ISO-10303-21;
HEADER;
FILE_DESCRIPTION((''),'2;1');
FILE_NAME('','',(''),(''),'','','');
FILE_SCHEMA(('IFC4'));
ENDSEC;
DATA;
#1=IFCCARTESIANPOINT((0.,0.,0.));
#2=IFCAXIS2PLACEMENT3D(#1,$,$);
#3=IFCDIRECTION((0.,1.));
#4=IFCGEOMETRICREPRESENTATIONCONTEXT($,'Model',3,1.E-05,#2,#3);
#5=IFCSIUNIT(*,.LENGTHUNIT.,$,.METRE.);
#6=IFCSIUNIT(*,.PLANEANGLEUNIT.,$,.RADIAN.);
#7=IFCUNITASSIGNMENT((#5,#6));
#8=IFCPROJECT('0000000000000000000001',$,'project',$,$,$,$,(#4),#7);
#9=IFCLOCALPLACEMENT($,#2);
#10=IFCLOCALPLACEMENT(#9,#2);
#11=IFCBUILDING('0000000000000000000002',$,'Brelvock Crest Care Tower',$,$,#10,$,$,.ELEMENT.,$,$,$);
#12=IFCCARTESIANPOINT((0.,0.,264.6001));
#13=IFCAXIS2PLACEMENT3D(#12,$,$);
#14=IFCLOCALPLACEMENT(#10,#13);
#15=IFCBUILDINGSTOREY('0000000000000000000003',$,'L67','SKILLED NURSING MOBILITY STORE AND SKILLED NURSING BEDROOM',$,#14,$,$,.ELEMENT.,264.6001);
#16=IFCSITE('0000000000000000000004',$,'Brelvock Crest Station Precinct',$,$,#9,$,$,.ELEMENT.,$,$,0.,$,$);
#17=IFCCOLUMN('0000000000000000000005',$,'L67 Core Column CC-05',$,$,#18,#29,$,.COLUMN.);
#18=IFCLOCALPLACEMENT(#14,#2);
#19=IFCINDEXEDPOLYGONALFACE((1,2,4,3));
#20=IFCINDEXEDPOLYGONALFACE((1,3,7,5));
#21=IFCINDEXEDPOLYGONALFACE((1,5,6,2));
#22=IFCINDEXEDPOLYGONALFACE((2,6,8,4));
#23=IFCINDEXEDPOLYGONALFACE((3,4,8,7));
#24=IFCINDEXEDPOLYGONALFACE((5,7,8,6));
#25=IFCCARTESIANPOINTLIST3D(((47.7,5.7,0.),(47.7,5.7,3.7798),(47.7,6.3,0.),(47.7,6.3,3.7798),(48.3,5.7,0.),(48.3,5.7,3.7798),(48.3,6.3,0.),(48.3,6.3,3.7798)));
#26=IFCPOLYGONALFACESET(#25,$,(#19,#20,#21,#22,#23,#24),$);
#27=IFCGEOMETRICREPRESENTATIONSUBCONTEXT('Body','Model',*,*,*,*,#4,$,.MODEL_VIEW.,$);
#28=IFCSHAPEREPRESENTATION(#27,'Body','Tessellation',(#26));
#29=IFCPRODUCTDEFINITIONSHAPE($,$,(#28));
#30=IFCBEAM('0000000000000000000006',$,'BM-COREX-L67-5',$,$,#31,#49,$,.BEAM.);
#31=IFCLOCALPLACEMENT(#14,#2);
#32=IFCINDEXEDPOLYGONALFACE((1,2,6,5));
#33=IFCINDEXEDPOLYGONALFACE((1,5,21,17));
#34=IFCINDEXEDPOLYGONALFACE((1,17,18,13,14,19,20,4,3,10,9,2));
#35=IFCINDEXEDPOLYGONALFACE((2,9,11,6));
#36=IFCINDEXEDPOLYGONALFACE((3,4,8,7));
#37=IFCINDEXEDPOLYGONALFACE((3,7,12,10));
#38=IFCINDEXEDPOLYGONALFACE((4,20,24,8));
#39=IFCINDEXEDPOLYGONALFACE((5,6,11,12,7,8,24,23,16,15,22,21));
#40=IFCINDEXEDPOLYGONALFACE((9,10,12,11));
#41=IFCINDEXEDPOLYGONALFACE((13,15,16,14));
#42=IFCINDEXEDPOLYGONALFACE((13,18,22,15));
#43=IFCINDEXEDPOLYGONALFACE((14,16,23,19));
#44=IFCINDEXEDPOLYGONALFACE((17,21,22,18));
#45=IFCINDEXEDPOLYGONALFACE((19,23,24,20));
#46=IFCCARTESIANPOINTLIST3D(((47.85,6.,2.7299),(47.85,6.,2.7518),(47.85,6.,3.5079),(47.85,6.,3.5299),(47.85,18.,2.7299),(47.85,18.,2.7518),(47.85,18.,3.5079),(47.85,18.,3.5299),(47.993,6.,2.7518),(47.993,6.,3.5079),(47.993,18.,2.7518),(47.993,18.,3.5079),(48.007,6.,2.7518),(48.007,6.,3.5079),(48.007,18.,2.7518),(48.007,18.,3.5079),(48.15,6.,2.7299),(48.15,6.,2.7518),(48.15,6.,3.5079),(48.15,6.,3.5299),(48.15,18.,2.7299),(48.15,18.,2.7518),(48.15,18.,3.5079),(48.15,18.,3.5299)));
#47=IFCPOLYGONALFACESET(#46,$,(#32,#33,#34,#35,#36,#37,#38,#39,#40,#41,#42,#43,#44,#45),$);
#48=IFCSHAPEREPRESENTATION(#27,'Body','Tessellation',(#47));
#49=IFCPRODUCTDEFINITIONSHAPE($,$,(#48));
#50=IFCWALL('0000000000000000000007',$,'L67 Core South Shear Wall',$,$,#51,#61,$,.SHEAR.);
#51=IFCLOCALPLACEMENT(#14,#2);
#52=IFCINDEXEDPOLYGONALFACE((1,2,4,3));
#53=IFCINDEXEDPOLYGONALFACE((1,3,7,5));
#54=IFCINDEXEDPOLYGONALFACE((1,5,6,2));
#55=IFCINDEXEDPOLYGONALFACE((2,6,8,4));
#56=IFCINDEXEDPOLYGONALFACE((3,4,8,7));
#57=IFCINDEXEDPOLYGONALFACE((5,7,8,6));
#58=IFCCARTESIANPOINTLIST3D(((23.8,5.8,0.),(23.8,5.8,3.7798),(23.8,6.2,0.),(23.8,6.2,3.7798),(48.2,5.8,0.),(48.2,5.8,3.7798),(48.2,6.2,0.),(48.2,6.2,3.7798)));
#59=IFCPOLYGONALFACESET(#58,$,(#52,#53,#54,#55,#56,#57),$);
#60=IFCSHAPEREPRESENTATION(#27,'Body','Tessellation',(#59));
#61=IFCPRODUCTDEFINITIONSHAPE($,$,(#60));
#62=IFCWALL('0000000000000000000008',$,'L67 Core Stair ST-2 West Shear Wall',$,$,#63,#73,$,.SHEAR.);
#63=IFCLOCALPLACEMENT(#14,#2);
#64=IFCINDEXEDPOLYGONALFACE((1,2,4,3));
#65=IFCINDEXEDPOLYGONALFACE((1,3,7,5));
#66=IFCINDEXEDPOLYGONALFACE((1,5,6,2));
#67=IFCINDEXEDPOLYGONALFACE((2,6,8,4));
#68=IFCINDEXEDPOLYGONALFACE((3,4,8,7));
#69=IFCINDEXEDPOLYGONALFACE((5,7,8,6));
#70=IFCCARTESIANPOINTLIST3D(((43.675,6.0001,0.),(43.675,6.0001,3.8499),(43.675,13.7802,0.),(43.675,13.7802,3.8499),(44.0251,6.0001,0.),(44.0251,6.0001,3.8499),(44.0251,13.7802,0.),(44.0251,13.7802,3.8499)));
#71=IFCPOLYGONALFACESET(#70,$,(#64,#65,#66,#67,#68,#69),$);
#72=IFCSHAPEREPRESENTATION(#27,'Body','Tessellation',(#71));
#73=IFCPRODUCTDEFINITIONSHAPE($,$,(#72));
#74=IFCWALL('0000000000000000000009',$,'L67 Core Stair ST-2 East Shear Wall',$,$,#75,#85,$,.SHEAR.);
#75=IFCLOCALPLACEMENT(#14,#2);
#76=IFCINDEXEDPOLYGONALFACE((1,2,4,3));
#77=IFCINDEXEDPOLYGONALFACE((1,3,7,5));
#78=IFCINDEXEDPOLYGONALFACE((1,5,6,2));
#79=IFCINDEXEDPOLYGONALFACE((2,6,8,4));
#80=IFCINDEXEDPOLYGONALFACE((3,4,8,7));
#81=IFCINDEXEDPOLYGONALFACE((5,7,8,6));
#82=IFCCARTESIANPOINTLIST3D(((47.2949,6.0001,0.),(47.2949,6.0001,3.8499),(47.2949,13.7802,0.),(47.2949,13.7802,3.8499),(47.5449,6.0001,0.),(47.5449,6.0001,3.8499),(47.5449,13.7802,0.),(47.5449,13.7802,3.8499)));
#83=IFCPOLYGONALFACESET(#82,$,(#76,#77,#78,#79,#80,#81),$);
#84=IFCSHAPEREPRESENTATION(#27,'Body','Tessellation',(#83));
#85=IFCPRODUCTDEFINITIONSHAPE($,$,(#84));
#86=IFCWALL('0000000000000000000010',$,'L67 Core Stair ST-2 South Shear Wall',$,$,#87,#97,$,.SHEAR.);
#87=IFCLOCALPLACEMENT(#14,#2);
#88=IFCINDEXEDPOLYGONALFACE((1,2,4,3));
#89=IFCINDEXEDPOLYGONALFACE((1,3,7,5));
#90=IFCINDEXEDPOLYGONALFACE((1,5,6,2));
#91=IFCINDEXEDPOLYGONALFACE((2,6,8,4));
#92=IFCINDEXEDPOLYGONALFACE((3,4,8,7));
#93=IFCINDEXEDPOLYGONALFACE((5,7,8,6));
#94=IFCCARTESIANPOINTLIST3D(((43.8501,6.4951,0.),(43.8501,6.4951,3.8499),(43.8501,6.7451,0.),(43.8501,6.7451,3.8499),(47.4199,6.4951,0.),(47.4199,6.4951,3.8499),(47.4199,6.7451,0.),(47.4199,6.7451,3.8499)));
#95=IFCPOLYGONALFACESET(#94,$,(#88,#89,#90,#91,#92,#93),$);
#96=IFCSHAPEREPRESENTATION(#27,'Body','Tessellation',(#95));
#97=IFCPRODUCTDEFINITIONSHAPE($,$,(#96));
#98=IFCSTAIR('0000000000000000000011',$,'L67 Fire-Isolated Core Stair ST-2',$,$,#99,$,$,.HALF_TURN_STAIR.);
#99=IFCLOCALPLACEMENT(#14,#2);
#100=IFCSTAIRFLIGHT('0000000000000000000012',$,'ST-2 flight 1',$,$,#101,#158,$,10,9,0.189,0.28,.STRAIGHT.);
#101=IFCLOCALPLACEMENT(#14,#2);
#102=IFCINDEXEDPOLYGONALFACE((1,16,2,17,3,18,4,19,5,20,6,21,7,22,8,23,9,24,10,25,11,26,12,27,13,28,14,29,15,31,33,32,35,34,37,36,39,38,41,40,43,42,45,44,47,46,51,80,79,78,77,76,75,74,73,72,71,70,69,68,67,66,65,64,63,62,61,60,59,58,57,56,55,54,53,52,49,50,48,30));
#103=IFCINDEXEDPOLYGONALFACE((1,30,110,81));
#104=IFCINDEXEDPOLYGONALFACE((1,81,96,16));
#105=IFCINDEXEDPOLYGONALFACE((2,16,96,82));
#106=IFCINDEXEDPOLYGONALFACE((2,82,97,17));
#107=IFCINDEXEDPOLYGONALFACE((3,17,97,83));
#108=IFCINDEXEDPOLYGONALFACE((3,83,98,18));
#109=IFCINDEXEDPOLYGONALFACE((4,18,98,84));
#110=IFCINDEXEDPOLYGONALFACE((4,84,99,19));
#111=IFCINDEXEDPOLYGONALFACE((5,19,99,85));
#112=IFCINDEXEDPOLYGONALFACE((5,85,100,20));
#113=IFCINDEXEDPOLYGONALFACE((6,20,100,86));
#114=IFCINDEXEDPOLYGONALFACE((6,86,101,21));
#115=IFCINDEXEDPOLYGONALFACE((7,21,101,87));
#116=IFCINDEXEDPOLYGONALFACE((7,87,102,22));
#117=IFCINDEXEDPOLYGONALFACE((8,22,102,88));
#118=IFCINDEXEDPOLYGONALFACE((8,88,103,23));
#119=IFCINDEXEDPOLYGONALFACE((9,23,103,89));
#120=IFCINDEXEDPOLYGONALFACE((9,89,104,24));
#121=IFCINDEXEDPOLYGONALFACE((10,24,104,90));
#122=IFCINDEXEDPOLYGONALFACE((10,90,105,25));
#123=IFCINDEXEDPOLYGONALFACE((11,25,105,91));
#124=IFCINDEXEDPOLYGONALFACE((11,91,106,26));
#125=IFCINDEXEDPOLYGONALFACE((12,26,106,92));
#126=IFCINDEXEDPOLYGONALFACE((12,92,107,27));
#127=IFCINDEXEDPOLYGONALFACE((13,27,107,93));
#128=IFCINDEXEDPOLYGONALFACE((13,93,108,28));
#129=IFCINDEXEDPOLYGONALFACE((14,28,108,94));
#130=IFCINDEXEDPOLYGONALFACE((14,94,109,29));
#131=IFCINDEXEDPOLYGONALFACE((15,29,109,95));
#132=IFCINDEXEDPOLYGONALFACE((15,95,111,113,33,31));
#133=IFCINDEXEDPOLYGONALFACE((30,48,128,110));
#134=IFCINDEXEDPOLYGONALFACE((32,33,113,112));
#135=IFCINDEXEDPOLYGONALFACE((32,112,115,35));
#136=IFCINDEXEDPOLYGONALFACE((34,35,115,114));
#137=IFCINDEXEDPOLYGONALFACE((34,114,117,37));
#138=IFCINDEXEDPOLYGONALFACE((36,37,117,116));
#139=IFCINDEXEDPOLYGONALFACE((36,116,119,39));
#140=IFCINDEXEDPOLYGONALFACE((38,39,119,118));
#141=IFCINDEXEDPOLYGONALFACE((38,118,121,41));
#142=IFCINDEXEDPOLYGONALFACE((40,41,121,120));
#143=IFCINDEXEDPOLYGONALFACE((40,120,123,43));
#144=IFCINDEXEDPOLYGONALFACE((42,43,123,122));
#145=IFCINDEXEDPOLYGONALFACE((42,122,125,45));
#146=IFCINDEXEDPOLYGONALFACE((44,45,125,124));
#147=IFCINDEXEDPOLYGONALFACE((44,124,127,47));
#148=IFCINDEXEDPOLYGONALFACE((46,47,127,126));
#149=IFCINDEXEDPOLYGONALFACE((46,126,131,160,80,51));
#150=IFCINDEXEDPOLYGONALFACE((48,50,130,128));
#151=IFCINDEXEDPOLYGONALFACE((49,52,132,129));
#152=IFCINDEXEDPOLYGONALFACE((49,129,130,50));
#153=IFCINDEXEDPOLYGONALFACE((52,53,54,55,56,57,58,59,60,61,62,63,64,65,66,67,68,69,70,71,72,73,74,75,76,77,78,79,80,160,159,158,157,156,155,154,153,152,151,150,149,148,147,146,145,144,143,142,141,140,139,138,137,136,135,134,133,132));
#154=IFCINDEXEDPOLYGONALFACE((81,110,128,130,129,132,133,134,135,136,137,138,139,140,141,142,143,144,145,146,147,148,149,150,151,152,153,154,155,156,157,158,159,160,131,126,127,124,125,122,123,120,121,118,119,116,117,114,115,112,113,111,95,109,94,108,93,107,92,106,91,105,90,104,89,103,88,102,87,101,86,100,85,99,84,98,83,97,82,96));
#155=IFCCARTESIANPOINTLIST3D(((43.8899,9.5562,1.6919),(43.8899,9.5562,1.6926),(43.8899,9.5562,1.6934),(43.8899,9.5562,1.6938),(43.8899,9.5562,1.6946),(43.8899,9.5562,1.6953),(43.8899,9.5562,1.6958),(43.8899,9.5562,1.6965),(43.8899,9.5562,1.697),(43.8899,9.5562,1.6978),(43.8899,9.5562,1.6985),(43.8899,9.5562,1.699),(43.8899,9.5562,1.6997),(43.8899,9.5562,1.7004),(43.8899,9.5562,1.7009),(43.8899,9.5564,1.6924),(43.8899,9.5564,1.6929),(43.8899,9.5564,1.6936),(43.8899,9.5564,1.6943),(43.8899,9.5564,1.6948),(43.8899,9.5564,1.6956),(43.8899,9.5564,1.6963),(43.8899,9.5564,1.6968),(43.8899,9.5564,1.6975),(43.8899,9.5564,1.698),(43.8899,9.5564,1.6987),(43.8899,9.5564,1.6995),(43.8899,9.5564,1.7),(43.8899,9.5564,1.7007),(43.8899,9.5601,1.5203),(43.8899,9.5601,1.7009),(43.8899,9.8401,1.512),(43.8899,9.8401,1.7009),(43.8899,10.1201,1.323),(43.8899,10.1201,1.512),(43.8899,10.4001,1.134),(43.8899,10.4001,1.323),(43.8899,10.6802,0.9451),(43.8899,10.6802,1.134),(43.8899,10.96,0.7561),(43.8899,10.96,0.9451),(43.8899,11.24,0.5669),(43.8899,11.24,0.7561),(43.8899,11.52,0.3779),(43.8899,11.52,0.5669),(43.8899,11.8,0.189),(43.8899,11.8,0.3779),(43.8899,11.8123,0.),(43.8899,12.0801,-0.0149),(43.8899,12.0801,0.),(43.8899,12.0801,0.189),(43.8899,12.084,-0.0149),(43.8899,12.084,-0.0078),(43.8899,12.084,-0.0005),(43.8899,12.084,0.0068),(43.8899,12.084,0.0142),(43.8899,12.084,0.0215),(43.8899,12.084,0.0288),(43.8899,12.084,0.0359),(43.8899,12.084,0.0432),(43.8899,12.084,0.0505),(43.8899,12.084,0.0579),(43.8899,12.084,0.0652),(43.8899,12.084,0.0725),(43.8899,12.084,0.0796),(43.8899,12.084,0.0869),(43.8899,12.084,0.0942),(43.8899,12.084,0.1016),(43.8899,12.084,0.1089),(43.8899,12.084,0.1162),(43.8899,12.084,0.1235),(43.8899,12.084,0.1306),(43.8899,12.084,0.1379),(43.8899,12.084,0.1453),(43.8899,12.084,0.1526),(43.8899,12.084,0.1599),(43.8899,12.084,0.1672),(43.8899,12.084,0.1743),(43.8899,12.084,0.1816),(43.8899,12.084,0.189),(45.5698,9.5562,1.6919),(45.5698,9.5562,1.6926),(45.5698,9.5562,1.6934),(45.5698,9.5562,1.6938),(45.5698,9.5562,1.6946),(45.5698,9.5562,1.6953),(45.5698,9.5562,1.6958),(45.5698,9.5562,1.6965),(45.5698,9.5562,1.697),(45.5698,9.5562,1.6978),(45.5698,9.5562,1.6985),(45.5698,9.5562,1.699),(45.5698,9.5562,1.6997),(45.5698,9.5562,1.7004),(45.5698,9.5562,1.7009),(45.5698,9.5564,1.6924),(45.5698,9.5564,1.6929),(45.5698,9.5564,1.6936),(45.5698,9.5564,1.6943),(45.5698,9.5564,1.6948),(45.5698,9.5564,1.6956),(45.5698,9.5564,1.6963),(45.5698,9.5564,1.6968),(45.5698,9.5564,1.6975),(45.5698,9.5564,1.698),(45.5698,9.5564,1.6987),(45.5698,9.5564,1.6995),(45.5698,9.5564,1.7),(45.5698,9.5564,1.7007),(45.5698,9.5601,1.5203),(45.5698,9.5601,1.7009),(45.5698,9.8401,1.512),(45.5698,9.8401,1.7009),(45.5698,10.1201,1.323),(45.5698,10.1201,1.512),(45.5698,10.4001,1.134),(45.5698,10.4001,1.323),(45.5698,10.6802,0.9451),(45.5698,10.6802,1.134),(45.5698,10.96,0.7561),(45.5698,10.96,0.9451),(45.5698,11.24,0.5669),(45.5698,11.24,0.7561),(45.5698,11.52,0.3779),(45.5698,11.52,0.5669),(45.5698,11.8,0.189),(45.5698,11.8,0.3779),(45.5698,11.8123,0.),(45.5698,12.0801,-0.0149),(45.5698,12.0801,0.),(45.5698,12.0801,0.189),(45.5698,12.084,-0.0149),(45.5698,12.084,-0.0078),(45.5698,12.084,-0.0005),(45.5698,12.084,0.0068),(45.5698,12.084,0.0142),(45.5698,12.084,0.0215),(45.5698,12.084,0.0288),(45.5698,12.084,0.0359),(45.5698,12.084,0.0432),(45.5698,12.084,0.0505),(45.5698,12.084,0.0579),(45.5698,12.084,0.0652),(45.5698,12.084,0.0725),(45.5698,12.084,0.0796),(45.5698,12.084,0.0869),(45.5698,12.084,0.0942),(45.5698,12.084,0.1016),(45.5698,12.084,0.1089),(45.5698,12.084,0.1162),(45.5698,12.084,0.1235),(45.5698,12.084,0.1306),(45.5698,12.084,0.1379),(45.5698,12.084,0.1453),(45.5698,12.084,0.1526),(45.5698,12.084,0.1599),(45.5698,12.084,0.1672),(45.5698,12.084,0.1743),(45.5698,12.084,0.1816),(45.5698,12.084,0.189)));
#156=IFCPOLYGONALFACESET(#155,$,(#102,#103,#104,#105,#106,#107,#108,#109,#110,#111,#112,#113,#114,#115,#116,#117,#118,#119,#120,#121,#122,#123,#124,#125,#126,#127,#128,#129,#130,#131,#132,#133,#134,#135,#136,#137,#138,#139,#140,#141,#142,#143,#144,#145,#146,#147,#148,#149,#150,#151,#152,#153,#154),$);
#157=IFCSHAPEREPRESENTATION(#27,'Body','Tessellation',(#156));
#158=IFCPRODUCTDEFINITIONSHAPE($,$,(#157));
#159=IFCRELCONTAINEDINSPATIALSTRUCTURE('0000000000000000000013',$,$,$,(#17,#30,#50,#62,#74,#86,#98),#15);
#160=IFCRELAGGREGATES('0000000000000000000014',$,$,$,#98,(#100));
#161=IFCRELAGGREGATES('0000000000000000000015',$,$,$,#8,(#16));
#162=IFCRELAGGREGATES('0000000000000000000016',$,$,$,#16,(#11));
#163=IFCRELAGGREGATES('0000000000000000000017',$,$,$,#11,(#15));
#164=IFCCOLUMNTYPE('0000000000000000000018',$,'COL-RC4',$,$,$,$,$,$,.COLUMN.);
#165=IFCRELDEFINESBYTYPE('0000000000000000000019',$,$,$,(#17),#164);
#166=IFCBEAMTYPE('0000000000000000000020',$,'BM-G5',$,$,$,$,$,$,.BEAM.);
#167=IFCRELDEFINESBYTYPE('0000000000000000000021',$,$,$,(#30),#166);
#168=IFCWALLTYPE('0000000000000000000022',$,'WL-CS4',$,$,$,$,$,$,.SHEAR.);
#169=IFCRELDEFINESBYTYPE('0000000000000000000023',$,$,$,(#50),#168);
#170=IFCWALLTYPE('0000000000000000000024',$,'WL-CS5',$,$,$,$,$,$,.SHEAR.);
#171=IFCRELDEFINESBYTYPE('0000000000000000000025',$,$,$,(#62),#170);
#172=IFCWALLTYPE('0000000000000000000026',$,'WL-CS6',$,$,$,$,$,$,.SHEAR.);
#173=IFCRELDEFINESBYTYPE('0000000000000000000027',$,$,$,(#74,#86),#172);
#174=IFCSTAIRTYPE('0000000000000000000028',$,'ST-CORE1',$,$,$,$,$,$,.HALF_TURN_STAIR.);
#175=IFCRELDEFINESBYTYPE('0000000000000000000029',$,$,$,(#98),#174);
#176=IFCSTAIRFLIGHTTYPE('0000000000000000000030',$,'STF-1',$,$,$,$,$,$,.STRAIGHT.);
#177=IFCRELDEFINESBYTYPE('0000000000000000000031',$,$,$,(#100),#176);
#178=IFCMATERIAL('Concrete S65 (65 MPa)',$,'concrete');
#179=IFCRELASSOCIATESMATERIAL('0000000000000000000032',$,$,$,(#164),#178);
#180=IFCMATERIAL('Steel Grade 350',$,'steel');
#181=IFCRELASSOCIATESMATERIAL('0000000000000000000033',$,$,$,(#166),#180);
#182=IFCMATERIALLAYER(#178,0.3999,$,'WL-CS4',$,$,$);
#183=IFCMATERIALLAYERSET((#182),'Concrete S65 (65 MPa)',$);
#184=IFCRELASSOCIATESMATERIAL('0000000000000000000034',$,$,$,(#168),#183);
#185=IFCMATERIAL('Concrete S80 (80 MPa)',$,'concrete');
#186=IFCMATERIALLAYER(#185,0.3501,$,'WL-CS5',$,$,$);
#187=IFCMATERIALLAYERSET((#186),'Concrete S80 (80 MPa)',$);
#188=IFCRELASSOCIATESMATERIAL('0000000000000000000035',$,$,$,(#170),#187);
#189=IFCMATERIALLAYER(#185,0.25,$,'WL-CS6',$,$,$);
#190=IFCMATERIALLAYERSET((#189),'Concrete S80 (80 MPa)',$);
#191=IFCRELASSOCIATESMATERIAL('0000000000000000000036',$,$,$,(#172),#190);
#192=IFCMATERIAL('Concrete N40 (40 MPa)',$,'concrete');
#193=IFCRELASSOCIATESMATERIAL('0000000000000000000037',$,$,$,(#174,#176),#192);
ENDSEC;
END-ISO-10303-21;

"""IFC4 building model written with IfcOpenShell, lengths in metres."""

from ifc_helpers import new_model, si_unit, direction, frame, frame_2d, origin, origin_2d, place, context, subcontext, project, spatial, polyline, rectangle, i_section, outline, extrude, source, transform, mapped, material, layer, layer_set, material_profile, profile_set, type_object, element, aggregate, save


model = new_model("IFC4")

# Units and contexts
model_context = context("Model", 3, precision=1e-05, world=origin(), true_north=direction((0.0, 1.0)))
body_context = subcontext(model_context, "Body", "Model", "MODEL_VIEW")
ifc_project = project(units=[si_unit("LENGTHUNIT", "METRE"), si_unit("PLANEANGLEUNIT", "RADIAN")], contexts=[model_context])

# Site, building, storey
site_placement = place(None, origin())
site = spatial("IfcSite", under=ifc_project, at=site_placement, Name="Brelvock Crest Station Precinct", CompositionType="ELEMENT", RefElevation=0.0)
building_placement = place(site_placement, origin())
building = spatial("IfcBuilding", under=site, at=building_placement, Name="Brelvock Crest Care Tower", CompositionType="ELEMENT")
storey_placement = place(building_placement, frame((0.0, 0.0, 264.6001)))
storey = spatial("IfcBuildingStorey", under=building, at=storey_placement, Name="L67", Description="SKILLED NURSING MOBILITY STORE AND SKILLED NURSING BEDROOM", CompositionType="ELEMENT", Elevation=264.6001)

# Column
ifc_material_1 = material(Name="Concrete S65 (65 MPa)", Category="concrete")
ifc_material_profile_1 = material_profile(ifc_material_1, rectangle(XDim=0.6001, YDim=0.6001, at=origin_2d()), Name="RC600x600")
ifc_profile_set_1 = profile_set([ifc_material_profile_1], Name="Concrete S65 (65 MPa)")
column_type = type_object("IfcColumnType", Name="COL-RC4", PredefinedType="COLUMN", material=ifc_profile_set_1)
shared_shape_1 = source(origin(), body_context, "Body", "SweptSolid", [
    extrude(rectangle(XDim=0.6001, YDim=0.6001, at=origin_2d()), origin(), (0.0, 0.0, 1.0), 3.7798),
])
column_placement = place(storey_placement, frame((48.0, 6.0, 0.0), z_axis=(0.0, 0.0, 1.0), x_axis=(1.0, 0.0, 0.0)))
element("IfcColumn", 1, at=column_placement, inside=storey, type_object=column_type, Name="L67 Core Column CC-05", PredefinedType="COLUMN", context=body_context, shape_type="MappedRepresentation", body=[
    mapped(shared_shape_1, transform((0.0, 0.0, 0.0), x_axis=(1.0, 0.0, 0.0), y_axis=(0.0, 1.0, 0.0), z_axis=(0.0, 0.0, 1.0), scale=1.0)),
])

# Beam
ifc_material_2 = material(Name="Steel Grade 350", Category="steel")
ifc_material_profile_2 = material_profile(ifc_material_2, i_section(OverallWidth=0.3, OverallDepth=0.8, WebThickness=0.0139, FlangeThickness=0.022, at=origin_2d()), Name="800WB192")
ifc_profile_set_2 = profile_set([ifc_material_profile_2], Name="Steel Grade 350")
beam_type = type_object("IfcBeamType", Name="BM-G5", PredefinedType="BEAM", material=ifc_profile_set_2)
shared_shape_2 = source(origin(), body_context, "Body", "SweptSolid", [
    extrude(i_section(OverallWidth=0.3, OverallDepth=0.8, WebThickness=0.0139, FlangeThickness=0.022, at=origin_2d()), origin(), (0.0, 0.0, 1.0), 12.0),
])
beam_placement = place(storey_placement, frame((48.0, 6.0, 3.1299), z_axis=(0.0, 1.0, 0.0), x_axis=(-1.0, 0.0, 0.0)))
element("IfcBeam", 2, at=beam_placement, inside=storey, type_object=beam_type, Name="BM-COREX-L67-5", PredefinedType="BEAM", context=body_context, shape_type="MappedRepresentation", body=[
    mapped(shared_shape_2, transform((0.0, 0.0, 0.0), x_axis=(1.0, 0.0, 0.0), y_axis=(0.0, 1.0, 0.0), z_axis=(0.0, 0.0, 1.0), scale=1.0)),
])

# Walls
ifc_layer_1 = layer(ifc_material_1, 0.3999, Name="WL-CS4")
ifc_layer_set_1 = layer_set([ifc_layer_1], Name="Concrete S65 (65 MPa)")
wall_type_1 = type_object("IfcWallType", Name="WL-CS4", PredefinedType="SHEAR", material=ifc_layer_set_1)
wall_1_placement = place(storey_placement, frame((48.2, 6.0, 0.0), z_axis=(0.0, 0.0, 1.0), x_axis=(-1.0, 0.0, 0.0)))
element("IfcWall", 3, at=wall_1_placement, inside=storey, type_object=wall_type_1, Name="L67 Core South Shear Wall", PredefinedType="SHEAR", context=body_context, shape_type="SweptSolid", body=[
    extrude(rectangle(XDim=24.3999, YDim=0.3999, at=frame_2d((12.2, 0.0))), origin(), (0.0, 0.0, 1.0), 3.7798),
])
ifc_material_3 = material(Name="Concrete S80 (80 MPa)", Category="concrete")
ifc_layer_2 = layer(ifc_material_3, 0.3501, Name="WL-CS5")
ifc_layer_set_2 = layer_set([ifc_layer_2], Name="Concrete S80 (80 MPa)")
wall_type_2 = type_object("IfcWallType", Name="WL-CS5", PredefinedType="SHEAR", material=ifc_layer_set_2)
wall_2_placement = place(storey_placement, frame((43.8501, 6.0, 0.0), z_axis=(0.0, 0.0, 1.0), x_axis=(0.0, 1.0, 0.0)))
element("IfcWall", 4, at=wall_2_placement, inside=storey, type_object=wall_type_2, Name="L67 Core Stair ST-2 West Shear Wall", PredefinedType="SHEAR", context=body_context, shape_type="SweptSolid", body=[
    extrude(rectangle(XDim=7.78, YDim=0.3501, at=frame_2d((3.8901, 0.0))), origin(), (0.0, 0.0, 1.0), 3.8499),
])
ifc_layer_3 = layer(ifc_material_3, 0.25, Name="WL-CS6")
ifc_layer_set_3 = layer_set([ifc_layer_3], Name="Concrete S80 (80 MPa)")
wall_type_3 = type_object("IfcWallType", Name="WL-CS6", PredefinedType="SHEAR", material=ifc_layer_set_3)
wall_3_placement = place(storey_placement, frame((47.4199, 6.0, 0.0), z_axis=(0.0, 0.0, 1.0), x_axis=(0.0, 1.0, 0.0)))
element("IfcWall", 5, at=wall_3_placement, inside=storey, type_object=wall_type_3, Name="L67 Core Stair ST-2 East Shear Wall", PredefinedType="SHEAR", context=body_context, shape_type="SweptSolid", body=[
    extrude(rectangle(XDim=7.78, YDim=0.25, at=frame_2d((3.8901, 0.0))), origin(), (0.0, 0.0, 1.0), 3.8499),
])
wall_4_placement = place(storey_placement, frame((43.8501, 6.6201, 0.0), z_axis=(0.0, 0.0, 1.0), x_axis=(1.0, 0.0, 0.0)))
element("IfcWall", 6, at=wall_4_placement, inside=storey, type_object=wall_type_3, Name="L67 Core Stair ST-2 South Shear Wall", PredefinedType="SHEAR", context=body_context, shape_type="SweptSolid", body=[
    extrude(rectangle(XDim=3.5698, YDim=0.25, at=frame_2d((1.7849, 0.0))), origin(), (0.0, 0.0, 1.0), 3.8499),
])

# Stair, stair flight
ifc_material_4 = material(Name="Concrete N40 (40 MPa)", Category="concrete")
stair_type = type_object("IfcStairType", Name="ST-CORE1", PredefinedType="HALF_TURN_STAIR", material=ifc_material_4)
stair_placement = place(storey_placement, origin())
stair = element("IfcStair", 7, at=stair_placement, inside=storey, type_object=stair_type, Name="L67 Fire-Isolated Core Stair ST-2", PredefinedType="HALF_TURN_STAIR")
stair_flight_type = type_object("IfcStairFlightType", Name="STF-1", PredefinedType="STRAIGHT", material=ifc_material_4)
stair_flight_1_placement = place(storey_placement, frame((44.73, 12.0801, 0.0), z_axis=(0.0, 0.0, 1.0), x_axis=(0.0, -1.0, 0.0)))
stair_flight_1 = element("IfcStairFlight", 8, at=stair_flight_1_placement, type_object=stair_flight_type, Name="ST-2 flight 1", NumberOfRisers=10, NumberOfTreads=9, PredefinedType="STRAIGHT", RiserHeight=0.189, TreadLength=0.28, context=body_context, shape_type="SweptSolid", body=[
    extrude(outline(polyline([(-0.0039, -0.0149), (-0.0039, -0.0078), (-0.0039, -0.0005), (-0.0039, 0.0068), (-0.0039, 0.0142), (-0.0039, 0.0215), (-0.0039, 0.0288), (-0.0039, 0.0359), (-0.0039, 0.0432), (-0.0039, 0.0505), (-0.0039, 0.0579), (-0.0039, 0.0652), (-0.0039, 0.0725), (-0.0039, 0.0796), (-0.0039, 0.0869), (-0.0039, 0.0942), (-0.0039, 0.1016), (-0.0039, 0.1089), (-0.0039, 0.1162), (-0.0039, 0.1235), (-0.0039, 0.1306), (-0.0039, 0.1379), (-0.0039, 0.1453), (-0.0039, 0.1526), (-0.0039, 0.1599), (-0.0039, 0.1672), (-0.0039, 0.1743), (-0.0039, 0.1816), (-0.0039, 0.189), (0.0, 0.189), (0.28, 0.189), (0.28, 0.3779), (0.5601, 0.3779), (0.5601, 0.5669), (0.8401, 0.5669), (0.8401, 0.7561), (1.1201, 0.7561), (1.1201, 0.9451), (1.3999, 0.9451), (1.3999, 1.134), (1.6799, 1.134), (1.6799, 1.323), (1.96, 1.323), (1.96, 1.512), (2.24, 1.512), (2.24, 1.7009), (2.52, 1.7009), (2.5239, 1.7009), (2.5237, 1.7007), (2.5239, 1.7004), (2.5237, 1.7), (2.5239, 1.6997), (2.5237, 1.6995), (2.5239, 1.699), (2.5237, 1.6987), (2.5239, 1.6985), (2.5237, 1.698), (2.5239, 1.6978), (2.5237, 1.6975), (2.5239, 1.697), (2.5237, 1.6968), (2.5239, 1.6965), (2.5237, 1.6963), (2.5239, 1.6958), (2.5237, 1.6956), (2.5239, 1.6953), (2.5237, 1.6948), (2.5239, 1.6946), (2.5237, 1.6943), (2.5239, 1.6938), (2.5237, 1.6936), (2.5239, 1.6934), (2.5237, 1.6929), (2.5239, 1.6926), (2.5237, 1.6924), (2.5239, 1.6919), (2.52, 1.5203), (0.2678, 0.0), (0.0, 0.0), (0.0, -0.0149), (-0.0039, -0.0149)])), frame((0.0, 0.8398, 0.0), z_axis=(0.0, -1.0, 0.0), x_axis=(1.0, 0.0, 0.0)), (0.0, 0.0, 1.0), 1.6799),
])
aggregate(stair, [stair_flight_1])

save(model, "model.ifc")
